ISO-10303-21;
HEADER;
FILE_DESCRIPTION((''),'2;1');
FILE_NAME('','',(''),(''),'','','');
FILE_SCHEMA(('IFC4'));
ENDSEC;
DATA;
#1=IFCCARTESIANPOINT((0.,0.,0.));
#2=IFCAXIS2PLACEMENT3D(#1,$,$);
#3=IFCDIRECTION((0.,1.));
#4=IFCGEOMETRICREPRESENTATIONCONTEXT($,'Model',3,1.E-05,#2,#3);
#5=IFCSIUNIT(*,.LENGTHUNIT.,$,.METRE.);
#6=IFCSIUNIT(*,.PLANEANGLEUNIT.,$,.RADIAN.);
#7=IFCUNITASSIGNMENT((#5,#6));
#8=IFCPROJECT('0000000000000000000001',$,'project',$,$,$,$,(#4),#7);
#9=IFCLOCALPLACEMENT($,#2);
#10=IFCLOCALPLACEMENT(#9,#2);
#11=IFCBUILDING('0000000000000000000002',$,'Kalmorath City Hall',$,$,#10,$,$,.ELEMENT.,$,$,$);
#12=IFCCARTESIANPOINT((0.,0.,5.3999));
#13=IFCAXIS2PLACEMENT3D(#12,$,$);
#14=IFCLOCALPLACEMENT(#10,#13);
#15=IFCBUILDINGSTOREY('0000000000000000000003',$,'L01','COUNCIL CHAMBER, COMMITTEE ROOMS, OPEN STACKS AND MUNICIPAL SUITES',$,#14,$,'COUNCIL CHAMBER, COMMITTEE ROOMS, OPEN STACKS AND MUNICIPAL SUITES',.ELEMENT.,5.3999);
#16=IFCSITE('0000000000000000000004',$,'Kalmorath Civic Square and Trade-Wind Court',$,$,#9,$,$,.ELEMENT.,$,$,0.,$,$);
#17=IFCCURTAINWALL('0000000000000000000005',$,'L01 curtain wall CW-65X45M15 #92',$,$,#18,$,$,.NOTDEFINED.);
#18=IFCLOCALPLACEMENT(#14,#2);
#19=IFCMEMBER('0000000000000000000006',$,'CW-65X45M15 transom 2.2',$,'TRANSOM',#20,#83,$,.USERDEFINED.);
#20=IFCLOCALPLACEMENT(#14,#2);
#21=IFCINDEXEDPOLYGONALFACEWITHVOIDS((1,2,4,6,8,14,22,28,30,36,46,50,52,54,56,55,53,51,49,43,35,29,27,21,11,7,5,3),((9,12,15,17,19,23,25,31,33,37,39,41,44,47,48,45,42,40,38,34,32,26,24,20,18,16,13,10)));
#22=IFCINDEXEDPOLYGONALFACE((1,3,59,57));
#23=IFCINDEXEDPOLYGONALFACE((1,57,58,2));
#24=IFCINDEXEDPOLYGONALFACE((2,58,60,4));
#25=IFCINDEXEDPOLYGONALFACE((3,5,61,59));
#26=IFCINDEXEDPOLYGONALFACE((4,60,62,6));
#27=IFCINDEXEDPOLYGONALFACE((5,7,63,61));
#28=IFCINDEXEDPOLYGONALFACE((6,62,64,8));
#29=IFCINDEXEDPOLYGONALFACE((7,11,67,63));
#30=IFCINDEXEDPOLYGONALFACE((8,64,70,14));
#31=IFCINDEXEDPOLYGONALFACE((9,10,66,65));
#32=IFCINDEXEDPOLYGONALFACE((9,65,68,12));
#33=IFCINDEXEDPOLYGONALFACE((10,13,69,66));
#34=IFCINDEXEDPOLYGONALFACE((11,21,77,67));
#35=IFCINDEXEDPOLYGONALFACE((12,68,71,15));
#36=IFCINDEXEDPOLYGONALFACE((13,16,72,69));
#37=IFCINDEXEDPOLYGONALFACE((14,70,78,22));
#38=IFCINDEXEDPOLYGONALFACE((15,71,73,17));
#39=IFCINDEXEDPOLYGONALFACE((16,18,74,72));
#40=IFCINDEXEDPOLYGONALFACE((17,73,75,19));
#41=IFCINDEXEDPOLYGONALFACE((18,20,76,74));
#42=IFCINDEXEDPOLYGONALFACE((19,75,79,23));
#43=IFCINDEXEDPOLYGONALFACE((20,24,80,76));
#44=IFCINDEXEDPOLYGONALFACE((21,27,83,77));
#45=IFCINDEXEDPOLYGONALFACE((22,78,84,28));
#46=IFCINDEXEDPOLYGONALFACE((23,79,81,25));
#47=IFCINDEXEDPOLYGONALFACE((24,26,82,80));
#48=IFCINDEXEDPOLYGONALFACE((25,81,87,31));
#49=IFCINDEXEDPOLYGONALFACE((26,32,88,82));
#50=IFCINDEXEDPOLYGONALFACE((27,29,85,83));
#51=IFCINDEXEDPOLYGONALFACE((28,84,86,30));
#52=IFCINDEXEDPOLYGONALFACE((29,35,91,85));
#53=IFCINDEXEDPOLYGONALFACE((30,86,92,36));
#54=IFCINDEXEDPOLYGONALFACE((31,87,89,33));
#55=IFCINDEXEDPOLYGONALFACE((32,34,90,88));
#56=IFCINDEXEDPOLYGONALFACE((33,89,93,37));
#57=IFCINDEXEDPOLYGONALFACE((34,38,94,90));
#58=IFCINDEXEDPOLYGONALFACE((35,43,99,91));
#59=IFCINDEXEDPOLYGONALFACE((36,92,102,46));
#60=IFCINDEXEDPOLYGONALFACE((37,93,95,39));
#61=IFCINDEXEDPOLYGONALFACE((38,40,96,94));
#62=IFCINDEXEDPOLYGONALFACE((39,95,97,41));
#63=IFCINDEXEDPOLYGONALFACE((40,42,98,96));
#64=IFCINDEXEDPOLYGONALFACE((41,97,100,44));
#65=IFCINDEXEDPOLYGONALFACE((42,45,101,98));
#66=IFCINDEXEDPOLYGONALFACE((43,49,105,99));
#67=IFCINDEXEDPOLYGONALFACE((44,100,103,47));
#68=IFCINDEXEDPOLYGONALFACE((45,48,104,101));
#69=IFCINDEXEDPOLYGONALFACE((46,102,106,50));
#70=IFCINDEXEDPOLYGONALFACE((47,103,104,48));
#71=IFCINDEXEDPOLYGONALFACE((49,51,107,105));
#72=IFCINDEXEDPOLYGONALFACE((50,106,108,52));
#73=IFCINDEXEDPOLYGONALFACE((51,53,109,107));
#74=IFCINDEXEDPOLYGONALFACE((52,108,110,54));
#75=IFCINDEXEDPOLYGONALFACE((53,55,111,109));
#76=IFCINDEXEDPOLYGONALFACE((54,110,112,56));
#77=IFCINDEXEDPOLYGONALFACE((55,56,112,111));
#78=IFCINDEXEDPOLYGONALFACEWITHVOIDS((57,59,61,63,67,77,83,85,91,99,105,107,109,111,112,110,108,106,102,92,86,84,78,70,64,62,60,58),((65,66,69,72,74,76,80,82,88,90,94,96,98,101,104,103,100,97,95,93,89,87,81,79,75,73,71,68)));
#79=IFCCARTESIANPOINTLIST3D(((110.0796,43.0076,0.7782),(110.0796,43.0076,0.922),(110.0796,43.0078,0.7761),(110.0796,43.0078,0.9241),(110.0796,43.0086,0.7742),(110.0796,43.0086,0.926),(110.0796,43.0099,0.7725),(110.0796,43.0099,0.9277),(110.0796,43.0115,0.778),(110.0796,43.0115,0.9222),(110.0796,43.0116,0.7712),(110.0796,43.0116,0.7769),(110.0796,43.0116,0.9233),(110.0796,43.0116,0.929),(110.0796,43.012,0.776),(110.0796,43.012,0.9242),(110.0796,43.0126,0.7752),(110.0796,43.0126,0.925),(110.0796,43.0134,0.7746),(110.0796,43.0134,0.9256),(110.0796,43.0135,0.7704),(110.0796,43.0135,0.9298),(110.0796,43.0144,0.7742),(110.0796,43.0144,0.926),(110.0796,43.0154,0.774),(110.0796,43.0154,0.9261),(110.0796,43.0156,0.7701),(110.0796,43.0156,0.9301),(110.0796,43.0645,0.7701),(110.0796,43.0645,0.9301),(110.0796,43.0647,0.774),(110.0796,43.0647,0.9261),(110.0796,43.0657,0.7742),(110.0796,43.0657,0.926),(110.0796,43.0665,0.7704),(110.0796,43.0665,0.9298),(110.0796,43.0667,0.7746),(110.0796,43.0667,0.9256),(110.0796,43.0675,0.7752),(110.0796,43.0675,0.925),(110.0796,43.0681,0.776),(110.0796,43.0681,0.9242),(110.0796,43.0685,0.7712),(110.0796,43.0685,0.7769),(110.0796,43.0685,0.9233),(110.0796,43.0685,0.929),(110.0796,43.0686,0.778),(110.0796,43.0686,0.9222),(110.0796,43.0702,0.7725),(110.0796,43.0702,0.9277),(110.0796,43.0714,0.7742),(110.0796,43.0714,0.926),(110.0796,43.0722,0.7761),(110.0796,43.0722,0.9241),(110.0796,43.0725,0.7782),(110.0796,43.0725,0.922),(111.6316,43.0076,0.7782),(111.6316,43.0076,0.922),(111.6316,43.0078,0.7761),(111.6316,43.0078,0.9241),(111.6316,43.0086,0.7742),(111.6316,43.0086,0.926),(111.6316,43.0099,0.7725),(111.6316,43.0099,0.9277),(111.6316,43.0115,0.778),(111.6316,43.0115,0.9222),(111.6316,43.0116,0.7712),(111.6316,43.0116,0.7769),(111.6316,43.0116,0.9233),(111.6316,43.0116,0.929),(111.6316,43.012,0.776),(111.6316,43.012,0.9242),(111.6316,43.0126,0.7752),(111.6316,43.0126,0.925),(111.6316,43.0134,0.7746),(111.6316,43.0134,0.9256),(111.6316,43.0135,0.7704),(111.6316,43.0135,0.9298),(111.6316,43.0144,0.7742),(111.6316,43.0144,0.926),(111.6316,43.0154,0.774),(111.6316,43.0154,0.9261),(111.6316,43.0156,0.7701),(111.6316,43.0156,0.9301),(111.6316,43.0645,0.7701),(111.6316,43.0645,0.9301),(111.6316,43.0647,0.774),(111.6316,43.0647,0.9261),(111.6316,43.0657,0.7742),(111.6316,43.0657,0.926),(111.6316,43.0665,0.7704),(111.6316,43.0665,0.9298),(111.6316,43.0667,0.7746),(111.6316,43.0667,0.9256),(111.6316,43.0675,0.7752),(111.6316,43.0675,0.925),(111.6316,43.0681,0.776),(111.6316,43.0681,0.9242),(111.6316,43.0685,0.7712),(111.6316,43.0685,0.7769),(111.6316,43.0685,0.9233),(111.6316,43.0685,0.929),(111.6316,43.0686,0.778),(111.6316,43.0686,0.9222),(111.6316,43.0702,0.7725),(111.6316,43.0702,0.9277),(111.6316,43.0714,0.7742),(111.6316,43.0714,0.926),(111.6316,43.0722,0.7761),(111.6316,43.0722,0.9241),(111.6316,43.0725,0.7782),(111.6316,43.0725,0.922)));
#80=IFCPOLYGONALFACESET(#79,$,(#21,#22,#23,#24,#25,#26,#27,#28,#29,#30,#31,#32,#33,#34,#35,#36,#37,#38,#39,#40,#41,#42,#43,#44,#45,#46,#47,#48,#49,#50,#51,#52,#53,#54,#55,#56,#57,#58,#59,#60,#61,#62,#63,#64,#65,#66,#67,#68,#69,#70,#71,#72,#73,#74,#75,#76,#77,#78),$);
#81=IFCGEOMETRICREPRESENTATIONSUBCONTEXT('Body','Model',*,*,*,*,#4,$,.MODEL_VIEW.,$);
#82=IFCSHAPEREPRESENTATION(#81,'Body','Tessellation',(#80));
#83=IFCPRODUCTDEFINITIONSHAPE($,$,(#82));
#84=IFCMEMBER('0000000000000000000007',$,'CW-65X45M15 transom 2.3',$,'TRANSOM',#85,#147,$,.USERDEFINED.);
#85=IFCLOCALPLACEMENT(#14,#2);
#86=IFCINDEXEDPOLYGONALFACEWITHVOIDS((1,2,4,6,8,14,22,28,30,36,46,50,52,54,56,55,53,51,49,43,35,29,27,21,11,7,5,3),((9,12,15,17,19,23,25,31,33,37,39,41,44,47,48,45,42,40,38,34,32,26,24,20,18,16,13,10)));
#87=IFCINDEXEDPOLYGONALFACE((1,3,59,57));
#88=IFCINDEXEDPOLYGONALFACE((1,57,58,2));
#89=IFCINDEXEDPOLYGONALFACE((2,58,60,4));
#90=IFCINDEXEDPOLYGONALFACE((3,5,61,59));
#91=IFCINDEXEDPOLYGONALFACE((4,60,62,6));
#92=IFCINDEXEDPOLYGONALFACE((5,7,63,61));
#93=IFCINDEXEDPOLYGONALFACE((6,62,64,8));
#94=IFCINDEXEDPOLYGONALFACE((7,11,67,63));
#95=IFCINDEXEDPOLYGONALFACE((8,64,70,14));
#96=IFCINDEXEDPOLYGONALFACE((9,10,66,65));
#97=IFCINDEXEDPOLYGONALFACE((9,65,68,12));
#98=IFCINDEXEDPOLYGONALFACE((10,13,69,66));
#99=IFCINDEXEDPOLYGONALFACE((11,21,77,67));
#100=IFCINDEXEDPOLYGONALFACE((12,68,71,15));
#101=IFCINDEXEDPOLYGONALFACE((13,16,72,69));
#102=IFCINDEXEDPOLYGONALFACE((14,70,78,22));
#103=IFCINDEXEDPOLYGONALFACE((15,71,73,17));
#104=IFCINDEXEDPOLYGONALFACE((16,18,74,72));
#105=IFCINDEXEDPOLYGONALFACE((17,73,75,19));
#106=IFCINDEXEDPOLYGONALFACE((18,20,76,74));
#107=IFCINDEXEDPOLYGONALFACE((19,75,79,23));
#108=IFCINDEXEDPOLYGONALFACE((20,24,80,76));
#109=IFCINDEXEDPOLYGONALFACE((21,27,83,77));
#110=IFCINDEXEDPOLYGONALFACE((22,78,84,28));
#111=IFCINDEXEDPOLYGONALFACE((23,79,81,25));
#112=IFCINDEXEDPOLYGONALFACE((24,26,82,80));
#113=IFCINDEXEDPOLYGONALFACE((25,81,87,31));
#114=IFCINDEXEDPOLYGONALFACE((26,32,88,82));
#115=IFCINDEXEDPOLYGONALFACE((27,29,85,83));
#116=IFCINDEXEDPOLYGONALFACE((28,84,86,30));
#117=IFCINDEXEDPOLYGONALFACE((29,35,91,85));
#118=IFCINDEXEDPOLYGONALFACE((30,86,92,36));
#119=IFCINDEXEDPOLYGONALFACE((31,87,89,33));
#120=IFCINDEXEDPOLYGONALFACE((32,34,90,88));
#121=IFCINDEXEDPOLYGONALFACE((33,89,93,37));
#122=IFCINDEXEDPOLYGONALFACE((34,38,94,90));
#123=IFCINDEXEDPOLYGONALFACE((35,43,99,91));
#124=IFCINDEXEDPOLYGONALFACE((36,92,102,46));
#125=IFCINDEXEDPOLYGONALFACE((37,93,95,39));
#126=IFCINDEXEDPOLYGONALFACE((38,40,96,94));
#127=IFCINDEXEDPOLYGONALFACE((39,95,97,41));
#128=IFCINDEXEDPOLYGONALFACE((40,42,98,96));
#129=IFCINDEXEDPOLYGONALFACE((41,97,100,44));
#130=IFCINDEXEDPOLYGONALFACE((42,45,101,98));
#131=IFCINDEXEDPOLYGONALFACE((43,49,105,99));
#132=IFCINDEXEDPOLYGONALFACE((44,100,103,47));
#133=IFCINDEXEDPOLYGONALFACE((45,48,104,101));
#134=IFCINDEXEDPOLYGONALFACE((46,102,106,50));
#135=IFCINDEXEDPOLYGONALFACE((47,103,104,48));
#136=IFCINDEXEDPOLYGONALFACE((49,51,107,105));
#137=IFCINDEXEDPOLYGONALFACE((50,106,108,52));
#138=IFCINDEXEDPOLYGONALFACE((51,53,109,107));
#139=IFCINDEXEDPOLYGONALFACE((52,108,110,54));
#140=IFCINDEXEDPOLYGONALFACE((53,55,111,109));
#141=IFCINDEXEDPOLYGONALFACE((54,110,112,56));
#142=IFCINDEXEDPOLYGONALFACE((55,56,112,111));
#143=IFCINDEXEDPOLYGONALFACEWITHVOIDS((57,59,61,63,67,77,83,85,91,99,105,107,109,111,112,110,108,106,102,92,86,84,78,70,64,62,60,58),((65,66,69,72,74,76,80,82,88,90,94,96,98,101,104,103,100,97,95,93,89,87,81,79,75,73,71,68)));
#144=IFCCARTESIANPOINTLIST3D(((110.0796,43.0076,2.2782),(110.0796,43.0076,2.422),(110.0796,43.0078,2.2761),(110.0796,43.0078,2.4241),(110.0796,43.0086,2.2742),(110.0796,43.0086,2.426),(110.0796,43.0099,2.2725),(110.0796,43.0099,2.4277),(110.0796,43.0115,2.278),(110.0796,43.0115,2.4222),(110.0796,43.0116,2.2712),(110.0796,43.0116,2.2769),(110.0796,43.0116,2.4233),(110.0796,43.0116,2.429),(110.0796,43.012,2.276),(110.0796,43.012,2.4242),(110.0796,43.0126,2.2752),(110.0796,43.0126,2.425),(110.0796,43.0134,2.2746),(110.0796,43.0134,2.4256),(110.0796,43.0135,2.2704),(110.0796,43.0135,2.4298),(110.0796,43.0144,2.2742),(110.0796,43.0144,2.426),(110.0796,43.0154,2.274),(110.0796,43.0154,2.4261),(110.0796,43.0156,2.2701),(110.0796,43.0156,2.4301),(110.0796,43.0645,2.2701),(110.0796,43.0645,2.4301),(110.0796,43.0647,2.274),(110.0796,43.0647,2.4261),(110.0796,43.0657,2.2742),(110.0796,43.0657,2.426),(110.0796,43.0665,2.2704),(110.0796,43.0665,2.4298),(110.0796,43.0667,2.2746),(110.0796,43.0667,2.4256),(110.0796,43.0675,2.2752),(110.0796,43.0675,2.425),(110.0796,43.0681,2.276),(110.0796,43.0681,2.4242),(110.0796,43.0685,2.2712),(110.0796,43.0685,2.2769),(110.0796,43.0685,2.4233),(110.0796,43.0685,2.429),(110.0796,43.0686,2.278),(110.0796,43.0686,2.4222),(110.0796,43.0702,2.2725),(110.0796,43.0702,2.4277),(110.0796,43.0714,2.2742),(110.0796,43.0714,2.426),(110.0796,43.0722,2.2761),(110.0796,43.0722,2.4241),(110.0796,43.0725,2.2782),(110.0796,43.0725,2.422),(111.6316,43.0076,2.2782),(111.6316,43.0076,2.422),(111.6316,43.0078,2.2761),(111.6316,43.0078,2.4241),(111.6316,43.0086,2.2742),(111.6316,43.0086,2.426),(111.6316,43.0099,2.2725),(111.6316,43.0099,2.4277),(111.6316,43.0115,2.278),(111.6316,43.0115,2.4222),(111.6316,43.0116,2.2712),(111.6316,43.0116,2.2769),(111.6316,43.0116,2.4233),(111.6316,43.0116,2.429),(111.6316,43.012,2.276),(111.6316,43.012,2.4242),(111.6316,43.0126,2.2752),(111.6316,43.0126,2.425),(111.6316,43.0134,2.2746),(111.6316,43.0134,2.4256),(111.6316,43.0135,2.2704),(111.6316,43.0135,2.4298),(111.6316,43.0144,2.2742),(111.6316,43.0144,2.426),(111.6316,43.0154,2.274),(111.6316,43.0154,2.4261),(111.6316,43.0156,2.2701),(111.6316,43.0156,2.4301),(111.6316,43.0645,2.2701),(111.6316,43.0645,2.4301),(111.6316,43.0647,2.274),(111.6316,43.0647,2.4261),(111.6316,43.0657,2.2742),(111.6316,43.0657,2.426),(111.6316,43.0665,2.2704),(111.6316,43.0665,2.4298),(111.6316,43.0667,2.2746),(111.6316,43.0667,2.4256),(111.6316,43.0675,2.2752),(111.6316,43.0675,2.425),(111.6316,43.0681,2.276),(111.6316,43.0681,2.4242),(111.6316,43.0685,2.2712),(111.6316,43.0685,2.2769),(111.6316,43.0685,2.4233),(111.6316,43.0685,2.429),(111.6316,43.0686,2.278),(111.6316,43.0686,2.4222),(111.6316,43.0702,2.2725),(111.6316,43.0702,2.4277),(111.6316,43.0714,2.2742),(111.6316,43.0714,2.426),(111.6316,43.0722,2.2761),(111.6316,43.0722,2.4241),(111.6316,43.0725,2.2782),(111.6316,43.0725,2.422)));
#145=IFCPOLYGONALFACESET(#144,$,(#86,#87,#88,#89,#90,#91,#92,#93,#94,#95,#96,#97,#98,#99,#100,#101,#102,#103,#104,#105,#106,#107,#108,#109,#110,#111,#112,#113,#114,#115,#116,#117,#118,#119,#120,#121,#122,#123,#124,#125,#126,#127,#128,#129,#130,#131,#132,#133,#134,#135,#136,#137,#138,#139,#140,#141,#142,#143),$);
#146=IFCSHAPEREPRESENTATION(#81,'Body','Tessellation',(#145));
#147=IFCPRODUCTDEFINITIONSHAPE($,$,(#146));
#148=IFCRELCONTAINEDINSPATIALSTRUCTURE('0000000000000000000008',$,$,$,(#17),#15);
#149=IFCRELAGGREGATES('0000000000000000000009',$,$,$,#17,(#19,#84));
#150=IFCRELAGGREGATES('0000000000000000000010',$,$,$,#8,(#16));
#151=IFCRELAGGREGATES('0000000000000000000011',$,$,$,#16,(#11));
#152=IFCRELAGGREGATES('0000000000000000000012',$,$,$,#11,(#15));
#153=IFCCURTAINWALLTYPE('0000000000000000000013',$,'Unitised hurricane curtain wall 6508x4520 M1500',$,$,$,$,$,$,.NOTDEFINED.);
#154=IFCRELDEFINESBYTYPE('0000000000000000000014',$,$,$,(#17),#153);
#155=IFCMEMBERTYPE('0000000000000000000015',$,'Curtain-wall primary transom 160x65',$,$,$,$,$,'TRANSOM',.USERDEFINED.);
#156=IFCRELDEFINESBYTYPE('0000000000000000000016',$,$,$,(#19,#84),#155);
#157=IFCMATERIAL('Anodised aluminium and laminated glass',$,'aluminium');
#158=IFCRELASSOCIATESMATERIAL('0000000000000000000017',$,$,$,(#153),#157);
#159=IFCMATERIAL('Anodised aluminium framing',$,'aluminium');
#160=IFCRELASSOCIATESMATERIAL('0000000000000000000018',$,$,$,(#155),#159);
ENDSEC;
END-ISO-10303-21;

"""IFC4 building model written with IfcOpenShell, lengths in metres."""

from ifc_helpers import new_model, si_unit, direction, frame, origin, origin_2d, place, context, subcontext, project, spatial, hollow_rectangle, extrude, material, material_profile, profile_set, type_object, element, aggregate, save


model = new_model("IFC4")

# Units and contexts
model_context = context("Model", 3, precision=1e-05, world=origin(), true_north=direction((0.0, 1.0)))
body_context = subcontext(model_context, "Body", "Model", "MODEL_VIEW")
ifc_project = project(units=[si_unit("LENGTHUNIT", "METRE"), si_unit("PLANEANGLEUNIT", "RADIAN")], contexts=[model_context])

# Site, building, storey
site_placement = place(None, origin())
site = spatial("IfcSite", under=ifc_project, at=site_placement, Name="Kalmorath Civic Square and Trade-Wind Court", CompositionType="ELEMENT", RefElevation=0.0)
building_placement = place(site_placement, origin())
building = spatial("IfcBuilding", under=site, at=building_placement, Name="Kalmorath City Hall", CompositionType="ELEMENT")
storey_placement = place(building_placement, frame((0.0, 0.0, 5.3999)))
storey = spatial("IfcBuildingStorey", under=building, at=storey_placement, Name="L01", Description="COUNCIL CHAMBER, COMMITTEE ROOMS, OPEN STACKS AND MUNICIPAL SUITES", LongName="COUNCIL CHAMBER, COMMITTEE ROOMS, OPEN STACKS AND MUNICIPAL SUITES", CompositionType="ELEMENT", Elevation=5.3999)

# Curtain wall, members
ifc_material_1 = material(Name="Anodised aluminium and laminated glass", Category="aluminium")
curtain_wall_type = type_object("IfcCurtainWallType", Name="Unitised hurricane curtain wall 6508x4520 M1500", PredefinedType="NOTDEFINED", material=ifc_material_1)
curtain_wall_placement = place(storey_placement, origin())
curtain_wall = element("IfcCurtainWall", 1, at=curtain_wall_placement, inside=storey, type_object=curtain_wall_type, Name="L01 curtain wall CW-65X45M15 #92", PredefinedType="NOTDEFINED")
ifc_material_2 = material(Name="Anodised aluminium framing", Category="aluminium")
ifc_material_profile_1 = material_profile(ifc_material_2, hollow_rectangle(XDim=0.0649, YDim=0.1599, WallThickness=0.0039, InnerFilletRadius=0.0039, OuterFilletRadius=0.0081, at=origin_2d()), Name="ALU-TRN-160X65X4")
ifc_profile_set_1 = profile_set([ifc_material_profile_1], Name="Anodised aluminium framing")
member_type_1 = type_object("IfcMemberType", Name="Curtain-wall primary transom 160x65", ElementType="TRANSOM", PredefinedType="USERDEFINED", material=ifc_profile_set_1)
member_1_placement = place(storey_placement, frame((110.0796, 43.04, 0.8501), z_axis=(1.0, 0.0, 0.0), x_axis=(0.0, 1.0, 0.0)))
member_1 = element("IfcMember", 2, at=member_1_placement, type_object=member_type_1, Name="CW-65X45M15 transom 2.2", ObjectType="TRANSOM", PredefinedType="USERDEFINED", context=body_context, shape_type="SweptSolid", body=[
    extrude(hollow_rectangle(XDim=0.0649, YDim=0.1599, WallThickness=0.0039, InnerFilletRadius=0.0039, OuterFilletRadius=0.0081, at=origin_2d()), origin(), (0.0, 0.0, 1.0), 1.552),
])
member_2_placement = place(storey_placement, frame((110.0796, 43.04, 2.3501), z_axis=(1.0, 0.0, 0.0), x_axis=(0.0, 1.0, 0.0)))
member_2 = element("IfcMember", 3, at=member_2_placement, type_object=member_type_1, Name="CW-65X45M15 transom 2.3", ObjectType="TRANSOM", PredefinedType="USERDEFINED", context=body_context, shape_type="SweptSolid", body=[
    extrude(hollow_rectangle(XDim=0.0649, YDim=0.1599, WallThickness=0.0039, InnerFilletRadius=0.0039, OuterFilletRadius=0.0081, at=origin_2d()), origin(), (0.0, 0.0, 1.0), 1.552),
])
aggregate(curtain_wall, [member_1, member_2])

save(model, "model.ifc")
